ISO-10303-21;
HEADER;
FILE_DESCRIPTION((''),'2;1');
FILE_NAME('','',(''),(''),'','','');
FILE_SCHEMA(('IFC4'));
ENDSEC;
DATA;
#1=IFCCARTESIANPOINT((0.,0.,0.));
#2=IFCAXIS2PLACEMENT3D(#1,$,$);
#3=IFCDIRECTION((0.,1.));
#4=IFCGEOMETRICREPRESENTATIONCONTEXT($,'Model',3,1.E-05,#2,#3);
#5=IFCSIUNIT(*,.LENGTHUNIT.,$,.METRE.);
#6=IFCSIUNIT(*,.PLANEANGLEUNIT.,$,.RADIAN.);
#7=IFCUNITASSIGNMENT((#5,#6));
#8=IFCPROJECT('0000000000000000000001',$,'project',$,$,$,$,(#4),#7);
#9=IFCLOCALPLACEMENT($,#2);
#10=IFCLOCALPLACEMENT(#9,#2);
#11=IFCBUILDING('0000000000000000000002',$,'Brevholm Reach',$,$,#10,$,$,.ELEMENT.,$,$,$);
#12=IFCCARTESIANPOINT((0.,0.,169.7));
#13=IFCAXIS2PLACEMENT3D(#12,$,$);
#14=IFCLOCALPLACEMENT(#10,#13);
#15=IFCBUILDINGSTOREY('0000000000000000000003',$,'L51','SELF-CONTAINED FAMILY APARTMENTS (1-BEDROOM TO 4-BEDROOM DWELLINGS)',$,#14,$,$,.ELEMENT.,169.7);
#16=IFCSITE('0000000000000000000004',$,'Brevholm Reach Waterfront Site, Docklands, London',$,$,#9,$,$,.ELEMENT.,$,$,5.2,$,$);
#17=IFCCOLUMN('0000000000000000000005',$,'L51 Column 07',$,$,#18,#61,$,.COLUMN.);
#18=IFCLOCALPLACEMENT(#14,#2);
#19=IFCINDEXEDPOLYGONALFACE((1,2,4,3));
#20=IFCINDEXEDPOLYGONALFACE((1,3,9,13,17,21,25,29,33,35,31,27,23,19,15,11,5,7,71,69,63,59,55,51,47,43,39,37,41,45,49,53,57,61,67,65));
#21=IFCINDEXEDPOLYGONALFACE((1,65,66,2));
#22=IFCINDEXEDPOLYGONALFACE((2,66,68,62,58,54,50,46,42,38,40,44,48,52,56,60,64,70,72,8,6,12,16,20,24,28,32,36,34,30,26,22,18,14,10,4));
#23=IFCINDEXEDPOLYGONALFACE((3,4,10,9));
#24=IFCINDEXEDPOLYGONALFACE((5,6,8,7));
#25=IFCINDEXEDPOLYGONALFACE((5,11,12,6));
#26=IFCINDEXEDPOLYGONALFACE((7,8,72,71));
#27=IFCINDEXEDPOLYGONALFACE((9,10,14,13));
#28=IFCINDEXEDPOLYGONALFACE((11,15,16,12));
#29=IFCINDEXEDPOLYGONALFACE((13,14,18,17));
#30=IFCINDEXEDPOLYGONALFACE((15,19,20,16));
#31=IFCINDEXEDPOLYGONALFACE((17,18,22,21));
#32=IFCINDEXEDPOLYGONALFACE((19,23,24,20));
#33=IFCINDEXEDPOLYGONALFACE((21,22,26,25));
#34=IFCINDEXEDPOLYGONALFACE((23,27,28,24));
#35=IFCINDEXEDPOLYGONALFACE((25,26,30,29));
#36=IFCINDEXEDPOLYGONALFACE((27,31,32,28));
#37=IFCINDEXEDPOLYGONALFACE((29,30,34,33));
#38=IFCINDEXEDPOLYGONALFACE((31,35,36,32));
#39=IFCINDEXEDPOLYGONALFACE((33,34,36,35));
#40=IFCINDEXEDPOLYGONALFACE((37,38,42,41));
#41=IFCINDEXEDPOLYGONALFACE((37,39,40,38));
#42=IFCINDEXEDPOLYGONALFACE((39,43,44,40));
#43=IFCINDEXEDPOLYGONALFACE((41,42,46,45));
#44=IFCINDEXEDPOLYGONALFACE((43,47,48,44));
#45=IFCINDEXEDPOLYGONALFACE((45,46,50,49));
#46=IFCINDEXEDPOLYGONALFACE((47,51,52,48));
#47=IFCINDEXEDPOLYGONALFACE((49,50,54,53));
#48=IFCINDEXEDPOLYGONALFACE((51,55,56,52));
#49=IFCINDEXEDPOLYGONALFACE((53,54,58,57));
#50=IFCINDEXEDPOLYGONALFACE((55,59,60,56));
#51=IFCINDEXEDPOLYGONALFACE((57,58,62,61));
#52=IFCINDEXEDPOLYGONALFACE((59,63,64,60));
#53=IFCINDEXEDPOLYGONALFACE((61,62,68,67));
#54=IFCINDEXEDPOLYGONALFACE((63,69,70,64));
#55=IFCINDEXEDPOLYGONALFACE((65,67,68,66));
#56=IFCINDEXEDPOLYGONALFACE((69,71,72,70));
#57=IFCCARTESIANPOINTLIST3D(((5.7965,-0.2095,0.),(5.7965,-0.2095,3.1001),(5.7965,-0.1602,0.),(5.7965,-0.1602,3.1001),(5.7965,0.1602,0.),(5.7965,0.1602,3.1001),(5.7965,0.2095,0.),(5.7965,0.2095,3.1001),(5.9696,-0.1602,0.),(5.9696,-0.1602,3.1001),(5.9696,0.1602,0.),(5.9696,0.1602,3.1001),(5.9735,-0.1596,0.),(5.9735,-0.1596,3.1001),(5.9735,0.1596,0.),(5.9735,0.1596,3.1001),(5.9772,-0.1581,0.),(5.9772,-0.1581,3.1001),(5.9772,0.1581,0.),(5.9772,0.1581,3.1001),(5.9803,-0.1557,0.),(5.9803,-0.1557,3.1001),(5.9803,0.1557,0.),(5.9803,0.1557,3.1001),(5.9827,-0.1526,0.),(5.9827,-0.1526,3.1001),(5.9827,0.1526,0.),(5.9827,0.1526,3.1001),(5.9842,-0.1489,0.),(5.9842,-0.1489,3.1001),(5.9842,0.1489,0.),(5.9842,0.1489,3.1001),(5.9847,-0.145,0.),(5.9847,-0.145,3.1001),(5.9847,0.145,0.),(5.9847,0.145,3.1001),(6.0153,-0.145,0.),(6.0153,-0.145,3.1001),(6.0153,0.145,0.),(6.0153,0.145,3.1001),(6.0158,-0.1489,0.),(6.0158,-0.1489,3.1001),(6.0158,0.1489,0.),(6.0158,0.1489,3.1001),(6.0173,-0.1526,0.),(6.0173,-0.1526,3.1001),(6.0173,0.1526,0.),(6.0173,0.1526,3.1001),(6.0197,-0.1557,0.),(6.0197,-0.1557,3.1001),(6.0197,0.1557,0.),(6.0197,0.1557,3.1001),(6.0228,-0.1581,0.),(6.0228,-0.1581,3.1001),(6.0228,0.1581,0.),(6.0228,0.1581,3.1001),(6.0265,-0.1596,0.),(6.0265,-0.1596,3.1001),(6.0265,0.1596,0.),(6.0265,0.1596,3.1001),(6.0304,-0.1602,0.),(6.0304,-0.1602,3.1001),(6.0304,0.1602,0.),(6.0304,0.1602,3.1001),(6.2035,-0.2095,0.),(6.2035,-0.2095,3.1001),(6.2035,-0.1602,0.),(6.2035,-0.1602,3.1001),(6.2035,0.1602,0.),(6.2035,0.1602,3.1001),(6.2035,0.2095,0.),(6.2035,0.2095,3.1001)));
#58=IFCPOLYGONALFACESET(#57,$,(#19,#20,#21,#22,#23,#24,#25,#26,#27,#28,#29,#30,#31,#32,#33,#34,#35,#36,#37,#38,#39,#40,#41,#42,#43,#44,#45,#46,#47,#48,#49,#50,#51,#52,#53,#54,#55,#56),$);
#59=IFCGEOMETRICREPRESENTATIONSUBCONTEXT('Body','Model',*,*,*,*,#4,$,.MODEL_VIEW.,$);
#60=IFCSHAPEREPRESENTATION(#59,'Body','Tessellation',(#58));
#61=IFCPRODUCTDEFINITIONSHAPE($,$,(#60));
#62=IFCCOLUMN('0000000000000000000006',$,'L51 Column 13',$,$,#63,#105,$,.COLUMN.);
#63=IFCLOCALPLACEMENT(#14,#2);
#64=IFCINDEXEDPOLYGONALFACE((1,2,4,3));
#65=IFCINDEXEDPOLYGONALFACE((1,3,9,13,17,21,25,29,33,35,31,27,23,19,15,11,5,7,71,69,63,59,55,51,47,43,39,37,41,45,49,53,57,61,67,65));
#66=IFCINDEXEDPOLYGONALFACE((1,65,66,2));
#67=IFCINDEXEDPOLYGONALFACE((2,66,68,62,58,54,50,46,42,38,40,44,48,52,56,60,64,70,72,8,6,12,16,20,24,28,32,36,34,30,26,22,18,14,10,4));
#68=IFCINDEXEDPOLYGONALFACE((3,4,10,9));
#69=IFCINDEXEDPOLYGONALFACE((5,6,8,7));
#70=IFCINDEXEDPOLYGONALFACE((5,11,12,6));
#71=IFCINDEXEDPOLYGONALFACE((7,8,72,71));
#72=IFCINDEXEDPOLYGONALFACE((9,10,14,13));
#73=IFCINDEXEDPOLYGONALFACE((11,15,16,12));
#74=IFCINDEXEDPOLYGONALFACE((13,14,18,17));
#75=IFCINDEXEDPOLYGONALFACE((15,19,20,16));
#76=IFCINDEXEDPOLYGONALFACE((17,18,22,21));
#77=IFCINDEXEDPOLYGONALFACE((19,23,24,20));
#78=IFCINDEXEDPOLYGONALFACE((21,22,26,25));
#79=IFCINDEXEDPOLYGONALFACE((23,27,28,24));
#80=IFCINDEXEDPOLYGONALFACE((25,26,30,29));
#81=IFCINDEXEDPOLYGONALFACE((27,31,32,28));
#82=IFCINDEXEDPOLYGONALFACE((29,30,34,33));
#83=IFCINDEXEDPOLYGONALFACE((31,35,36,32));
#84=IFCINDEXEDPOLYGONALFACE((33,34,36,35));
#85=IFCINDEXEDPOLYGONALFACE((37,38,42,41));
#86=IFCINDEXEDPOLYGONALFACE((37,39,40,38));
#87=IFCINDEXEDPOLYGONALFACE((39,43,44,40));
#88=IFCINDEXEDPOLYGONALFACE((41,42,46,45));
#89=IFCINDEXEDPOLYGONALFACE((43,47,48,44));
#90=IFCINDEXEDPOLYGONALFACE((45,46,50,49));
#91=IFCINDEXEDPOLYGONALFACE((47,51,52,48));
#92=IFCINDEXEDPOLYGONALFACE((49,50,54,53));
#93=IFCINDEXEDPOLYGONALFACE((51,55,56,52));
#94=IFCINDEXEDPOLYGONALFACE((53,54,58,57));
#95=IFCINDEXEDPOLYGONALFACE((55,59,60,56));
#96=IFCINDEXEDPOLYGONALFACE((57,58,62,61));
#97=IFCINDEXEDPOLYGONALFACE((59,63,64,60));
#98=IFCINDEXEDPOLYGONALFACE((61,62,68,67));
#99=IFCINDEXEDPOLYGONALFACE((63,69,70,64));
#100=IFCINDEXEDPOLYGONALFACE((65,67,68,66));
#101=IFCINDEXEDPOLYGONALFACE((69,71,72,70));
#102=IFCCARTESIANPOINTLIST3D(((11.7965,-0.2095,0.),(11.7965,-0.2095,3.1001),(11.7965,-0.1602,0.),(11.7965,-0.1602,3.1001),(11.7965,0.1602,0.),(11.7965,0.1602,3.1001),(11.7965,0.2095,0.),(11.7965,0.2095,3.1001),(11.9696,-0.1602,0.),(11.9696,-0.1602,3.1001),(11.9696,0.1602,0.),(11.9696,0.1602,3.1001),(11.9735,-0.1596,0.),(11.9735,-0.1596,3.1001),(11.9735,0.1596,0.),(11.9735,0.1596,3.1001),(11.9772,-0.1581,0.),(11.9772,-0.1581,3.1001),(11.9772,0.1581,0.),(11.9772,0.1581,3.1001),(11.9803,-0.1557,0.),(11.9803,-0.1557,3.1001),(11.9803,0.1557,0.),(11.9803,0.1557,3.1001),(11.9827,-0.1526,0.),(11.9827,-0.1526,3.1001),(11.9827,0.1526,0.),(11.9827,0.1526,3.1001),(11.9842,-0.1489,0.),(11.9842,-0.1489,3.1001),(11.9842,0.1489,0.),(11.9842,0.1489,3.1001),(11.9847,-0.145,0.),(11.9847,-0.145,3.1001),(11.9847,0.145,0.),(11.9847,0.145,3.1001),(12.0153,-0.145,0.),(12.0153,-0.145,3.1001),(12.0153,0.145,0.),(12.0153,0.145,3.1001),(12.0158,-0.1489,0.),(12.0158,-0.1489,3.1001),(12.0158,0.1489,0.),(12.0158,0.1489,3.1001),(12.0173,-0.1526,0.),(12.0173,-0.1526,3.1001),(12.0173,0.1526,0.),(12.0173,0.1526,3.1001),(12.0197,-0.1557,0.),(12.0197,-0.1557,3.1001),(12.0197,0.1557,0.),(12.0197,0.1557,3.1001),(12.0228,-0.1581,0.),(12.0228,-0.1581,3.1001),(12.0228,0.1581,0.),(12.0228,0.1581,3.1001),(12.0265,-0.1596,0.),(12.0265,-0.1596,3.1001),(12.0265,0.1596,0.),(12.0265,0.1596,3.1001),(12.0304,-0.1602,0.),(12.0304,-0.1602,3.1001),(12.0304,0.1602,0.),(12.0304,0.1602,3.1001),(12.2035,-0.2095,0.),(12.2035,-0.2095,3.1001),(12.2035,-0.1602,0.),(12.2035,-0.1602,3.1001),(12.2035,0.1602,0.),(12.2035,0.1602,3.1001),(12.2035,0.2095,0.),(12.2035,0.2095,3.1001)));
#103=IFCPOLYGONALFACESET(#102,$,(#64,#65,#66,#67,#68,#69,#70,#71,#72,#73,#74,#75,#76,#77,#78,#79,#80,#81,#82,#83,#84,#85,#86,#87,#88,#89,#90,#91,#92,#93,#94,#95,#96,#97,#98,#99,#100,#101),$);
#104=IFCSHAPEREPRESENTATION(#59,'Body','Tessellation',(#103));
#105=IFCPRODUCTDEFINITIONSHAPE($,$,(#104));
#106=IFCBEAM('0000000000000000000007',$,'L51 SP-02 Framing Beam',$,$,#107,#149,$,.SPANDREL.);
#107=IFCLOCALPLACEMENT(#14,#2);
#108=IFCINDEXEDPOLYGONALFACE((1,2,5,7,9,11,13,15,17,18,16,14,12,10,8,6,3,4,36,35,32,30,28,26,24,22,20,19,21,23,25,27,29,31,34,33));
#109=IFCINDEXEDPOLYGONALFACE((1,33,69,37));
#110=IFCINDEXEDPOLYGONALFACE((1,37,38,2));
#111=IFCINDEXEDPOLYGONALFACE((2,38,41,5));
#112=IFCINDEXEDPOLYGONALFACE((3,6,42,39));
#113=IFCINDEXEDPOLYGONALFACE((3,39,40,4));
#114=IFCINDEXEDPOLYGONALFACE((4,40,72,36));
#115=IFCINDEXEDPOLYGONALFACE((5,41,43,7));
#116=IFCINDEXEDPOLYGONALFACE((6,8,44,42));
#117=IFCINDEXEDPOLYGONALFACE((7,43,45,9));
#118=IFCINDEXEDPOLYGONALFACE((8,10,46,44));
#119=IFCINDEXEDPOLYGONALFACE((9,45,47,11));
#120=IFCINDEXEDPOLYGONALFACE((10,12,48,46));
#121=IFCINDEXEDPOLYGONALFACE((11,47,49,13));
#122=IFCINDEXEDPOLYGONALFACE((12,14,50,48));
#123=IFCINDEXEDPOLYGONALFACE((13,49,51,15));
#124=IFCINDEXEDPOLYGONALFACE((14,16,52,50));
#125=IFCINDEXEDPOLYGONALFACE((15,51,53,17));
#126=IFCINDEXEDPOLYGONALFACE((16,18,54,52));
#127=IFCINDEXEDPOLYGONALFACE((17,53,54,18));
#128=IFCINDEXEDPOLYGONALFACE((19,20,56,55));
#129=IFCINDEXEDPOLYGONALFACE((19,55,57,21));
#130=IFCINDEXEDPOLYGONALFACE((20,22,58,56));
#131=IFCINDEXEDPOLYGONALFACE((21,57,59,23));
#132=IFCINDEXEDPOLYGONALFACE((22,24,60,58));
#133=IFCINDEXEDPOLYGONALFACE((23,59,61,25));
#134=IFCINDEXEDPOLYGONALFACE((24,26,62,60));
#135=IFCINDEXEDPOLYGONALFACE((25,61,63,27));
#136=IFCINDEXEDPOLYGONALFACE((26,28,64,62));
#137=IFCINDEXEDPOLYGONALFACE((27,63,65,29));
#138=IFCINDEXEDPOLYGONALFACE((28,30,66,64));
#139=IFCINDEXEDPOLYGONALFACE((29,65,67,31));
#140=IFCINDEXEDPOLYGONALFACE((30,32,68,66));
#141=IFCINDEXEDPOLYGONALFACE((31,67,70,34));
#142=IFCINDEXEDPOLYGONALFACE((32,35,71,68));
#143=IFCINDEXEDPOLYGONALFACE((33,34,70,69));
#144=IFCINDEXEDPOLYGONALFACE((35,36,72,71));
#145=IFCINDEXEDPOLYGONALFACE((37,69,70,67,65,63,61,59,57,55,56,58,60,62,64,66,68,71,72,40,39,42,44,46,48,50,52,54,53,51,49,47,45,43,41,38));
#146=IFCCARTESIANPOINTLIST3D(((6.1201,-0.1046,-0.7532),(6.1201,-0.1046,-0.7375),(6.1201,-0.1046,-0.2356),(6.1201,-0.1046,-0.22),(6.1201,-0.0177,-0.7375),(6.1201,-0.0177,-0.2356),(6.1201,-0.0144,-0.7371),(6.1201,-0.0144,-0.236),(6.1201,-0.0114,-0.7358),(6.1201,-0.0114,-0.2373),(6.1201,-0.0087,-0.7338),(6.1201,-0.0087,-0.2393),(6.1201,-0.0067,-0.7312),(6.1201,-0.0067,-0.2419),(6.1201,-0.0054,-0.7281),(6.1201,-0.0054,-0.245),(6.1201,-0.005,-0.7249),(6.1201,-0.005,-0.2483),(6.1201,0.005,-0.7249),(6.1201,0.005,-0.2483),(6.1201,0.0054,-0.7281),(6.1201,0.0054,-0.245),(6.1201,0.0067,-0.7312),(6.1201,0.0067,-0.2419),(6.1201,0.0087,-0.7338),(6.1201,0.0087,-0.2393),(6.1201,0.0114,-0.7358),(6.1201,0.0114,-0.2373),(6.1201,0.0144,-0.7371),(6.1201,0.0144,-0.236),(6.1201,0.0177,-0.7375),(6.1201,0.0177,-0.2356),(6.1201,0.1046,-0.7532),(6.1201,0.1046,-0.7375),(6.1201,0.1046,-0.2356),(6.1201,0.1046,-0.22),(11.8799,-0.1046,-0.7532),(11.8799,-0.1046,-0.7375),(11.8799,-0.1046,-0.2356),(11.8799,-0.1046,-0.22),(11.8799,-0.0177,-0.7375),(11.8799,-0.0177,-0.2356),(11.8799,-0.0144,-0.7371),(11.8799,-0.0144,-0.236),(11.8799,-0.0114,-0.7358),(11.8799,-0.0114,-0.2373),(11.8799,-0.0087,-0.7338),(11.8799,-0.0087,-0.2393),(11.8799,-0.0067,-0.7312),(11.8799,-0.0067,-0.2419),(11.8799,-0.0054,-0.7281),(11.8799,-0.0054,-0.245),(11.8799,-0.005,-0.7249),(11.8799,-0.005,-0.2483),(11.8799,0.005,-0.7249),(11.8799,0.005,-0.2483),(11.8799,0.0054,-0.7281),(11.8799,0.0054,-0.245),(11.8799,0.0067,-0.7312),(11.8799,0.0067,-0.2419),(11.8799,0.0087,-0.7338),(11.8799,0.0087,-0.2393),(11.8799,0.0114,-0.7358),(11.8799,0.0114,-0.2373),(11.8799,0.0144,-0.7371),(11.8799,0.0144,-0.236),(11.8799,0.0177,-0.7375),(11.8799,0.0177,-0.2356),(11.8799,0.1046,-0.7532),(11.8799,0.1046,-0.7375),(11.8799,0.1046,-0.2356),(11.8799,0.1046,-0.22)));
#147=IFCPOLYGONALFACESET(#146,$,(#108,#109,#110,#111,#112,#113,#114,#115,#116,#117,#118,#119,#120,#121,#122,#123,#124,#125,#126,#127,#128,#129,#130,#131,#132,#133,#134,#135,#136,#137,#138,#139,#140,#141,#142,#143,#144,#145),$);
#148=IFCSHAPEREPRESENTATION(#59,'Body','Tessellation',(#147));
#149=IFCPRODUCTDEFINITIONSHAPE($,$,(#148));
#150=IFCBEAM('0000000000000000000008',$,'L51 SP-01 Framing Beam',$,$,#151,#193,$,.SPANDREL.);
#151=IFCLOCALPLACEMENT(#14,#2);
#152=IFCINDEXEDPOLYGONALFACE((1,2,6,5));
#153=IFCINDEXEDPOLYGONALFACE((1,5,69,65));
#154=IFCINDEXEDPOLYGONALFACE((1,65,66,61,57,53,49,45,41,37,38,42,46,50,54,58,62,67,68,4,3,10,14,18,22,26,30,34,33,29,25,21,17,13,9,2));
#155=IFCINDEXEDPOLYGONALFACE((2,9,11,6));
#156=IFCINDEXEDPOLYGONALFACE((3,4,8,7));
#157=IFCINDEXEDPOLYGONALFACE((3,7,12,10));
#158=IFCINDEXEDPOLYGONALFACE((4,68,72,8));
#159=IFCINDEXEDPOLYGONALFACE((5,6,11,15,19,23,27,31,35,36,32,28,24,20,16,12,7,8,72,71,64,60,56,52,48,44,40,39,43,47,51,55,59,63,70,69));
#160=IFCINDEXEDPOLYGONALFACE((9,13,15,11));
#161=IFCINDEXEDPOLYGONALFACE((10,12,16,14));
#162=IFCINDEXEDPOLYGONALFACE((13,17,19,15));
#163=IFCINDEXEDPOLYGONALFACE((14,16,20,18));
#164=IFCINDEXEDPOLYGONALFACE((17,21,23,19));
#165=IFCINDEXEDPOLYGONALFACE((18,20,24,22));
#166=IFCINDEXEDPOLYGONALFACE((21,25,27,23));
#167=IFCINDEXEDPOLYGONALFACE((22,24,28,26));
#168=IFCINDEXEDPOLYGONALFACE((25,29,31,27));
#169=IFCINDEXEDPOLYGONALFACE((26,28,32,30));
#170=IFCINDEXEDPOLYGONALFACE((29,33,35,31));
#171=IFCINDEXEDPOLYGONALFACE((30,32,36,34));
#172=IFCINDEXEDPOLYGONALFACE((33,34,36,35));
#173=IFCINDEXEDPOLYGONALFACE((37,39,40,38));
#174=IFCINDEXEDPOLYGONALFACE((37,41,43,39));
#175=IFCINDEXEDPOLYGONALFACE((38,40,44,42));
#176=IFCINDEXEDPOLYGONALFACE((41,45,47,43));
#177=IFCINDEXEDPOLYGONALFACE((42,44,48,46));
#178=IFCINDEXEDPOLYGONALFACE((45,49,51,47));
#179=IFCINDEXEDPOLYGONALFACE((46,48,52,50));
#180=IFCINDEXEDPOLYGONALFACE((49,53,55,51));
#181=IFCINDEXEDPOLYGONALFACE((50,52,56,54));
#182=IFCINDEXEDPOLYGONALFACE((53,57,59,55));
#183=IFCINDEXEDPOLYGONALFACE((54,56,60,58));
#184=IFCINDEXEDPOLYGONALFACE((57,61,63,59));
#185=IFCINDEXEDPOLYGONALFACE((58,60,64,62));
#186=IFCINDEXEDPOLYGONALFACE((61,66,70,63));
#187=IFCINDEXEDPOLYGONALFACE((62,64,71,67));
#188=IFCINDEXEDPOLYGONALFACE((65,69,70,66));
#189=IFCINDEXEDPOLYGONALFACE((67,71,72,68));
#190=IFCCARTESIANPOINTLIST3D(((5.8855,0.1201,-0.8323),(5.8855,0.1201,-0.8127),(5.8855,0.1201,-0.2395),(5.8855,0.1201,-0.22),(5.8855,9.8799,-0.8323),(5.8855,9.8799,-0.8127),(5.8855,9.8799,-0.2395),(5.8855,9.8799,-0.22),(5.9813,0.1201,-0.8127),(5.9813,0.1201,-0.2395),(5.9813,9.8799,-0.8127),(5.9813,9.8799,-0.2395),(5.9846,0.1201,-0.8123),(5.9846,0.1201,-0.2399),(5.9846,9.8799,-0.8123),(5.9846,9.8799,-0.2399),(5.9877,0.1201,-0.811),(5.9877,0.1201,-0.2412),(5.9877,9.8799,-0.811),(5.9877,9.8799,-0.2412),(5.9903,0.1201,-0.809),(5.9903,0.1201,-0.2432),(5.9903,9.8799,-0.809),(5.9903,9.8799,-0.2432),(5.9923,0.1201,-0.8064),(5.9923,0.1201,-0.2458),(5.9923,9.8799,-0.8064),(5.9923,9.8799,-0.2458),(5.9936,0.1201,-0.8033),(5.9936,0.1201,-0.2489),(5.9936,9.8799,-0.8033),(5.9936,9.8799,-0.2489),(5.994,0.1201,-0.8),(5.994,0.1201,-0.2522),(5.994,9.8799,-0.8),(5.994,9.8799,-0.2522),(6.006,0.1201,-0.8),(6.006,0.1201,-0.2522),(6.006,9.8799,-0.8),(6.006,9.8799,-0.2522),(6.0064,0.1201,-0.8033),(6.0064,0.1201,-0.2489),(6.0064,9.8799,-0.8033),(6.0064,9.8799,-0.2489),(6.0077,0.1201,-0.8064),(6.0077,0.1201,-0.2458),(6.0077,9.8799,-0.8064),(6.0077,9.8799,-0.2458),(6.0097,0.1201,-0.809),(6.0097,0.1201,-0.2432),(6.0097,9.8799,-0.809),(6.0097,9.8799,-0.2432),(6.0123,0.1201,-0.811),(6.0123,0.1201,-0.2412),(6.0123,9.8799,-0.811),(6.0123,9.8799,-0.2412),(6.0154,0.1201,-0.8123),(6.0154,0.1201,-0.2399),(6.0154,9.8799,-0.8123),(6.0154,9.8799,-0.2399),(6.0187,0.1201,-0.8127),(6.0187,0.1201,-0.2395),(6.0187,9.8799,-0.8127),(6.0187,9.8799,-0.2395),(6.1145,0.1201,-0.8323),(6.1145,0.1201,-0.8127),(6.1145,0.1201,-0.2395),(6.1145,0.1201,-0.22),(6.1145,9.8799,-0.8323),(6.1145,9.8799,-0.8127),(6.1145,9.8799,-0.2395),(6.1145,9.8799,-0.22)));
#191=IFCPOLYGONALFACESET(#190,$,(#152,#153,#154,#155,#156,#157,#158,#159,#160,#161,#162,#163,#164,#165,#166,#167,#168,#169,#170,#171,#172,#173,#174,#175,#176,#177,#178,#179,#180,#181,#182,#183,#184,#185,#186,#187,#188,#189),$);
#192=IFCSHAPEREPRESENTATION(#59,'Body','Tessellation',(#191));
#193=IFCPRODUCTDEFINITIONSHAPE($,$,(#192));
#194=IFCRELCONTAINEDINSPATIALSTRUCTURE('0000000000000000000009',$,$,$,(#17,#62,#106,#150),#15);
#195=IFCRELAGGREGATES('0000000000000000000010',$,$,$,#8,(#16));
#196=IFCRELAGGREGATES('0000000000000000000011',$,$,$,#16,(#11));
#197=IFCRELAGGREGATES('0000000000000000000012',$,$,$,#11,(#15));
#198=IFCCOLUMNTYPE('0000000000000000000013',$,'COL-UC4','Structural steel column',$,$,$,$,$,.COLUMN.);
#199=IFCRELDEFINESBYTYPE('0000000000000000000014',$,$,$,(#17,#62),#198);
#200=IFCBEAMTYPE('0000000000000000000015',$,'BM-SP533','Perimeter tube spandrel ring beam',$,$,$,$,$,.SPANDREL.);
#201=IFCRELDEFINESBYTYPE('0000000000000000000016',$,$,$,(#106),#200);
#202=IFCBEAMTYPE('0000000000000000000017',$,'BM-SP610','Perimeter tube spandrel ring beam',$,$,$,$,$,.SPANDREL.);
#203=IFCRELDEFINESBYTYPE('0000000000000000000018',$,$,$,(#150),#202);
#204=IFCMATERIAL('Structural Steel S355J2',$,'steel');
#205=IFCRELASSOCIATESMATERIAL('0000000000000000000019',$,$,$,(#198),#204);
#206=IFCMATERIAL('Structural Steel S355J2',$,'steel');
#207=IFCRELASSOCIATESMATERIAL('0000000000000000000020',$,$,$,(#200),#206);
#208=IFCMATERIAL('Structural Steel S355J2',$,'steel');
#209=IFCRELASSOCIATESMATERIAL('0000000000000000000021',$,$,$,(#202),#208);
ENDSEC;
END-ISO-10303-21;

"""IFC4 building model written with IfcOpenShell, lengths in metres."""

from ifc_helpers import new_model, si_unit, direction, frame, origin, origin_2d, place, context, subcontext, project, spatial, i_section, extrude, material, material_profile, profile_set, type_object, element, save


model = new_model("IFC4")

# Units and contexts
model_context = context("Model", 3, precision=1e-05, world=origin(), true_north=direction((0.0, 1.0)))
body_context = subcontext(model_context, "Body", "Model", "MODEL_VIEW")
ifc_project = project(units=[si_unit("LENGTHUNIT", "METRE"), si_unit("PLANEANGLEUNIT", "RADIAN")], contexts=[model_context])

# Site, building, storey
site_placement = place(None, origin())
site = spatial("IfcSite", under=ifc_project, at=site_placement, Name="Brevholm Reach Waterfront Site, Docklands, London", CompositionType="ELEMENT", RefElevation=5.2)
building_placement = place(site_placement, origin())
building = spatial("IfcBuilding", under=site, at=building_placement, Name="Brevholm Reach", CompositionType="ELEMENT")
storey_placement = place(building_placement, frame((0.0, 0.0, 169.7)))
storey = spatial("IfcBuildingStorey", under=building, at=storey_placement, Name="L51", Description="SELF-CONTAINED FAMILY APARTMENTS (1-BEDROOM TO 4-BEDROOM DWELLINGS)", CompositionType="ELEMENT", Elevation=169.7)

# Columns
ifc_material_1 = material(Name="Structural Steel S355J2", Category="steel")
ifc_material_profile_1 = material_profile(ifc_material_1, i_section(OverallWidth=0.407, OverallDepth=0.4189, WebThickness=0.0305, FlangeThickness=0.0493, FilletRadius=0.0151, at=origin_2d()), Name="UKC 356x406x393")
ifc_profile_set_1 = profile_set([ifc_material_profile_1], Name="Structural Steel S355J2")
column_type = type_object("IfcColumnType", Name="COL-UC4", Description="Structural steel column", PredefinedType="COLUMN", material=ifc_profile_set_1)
for number, where, z_axis, x_axis, name in (
    (1, (6.0, 0.0, 0.0), (0.0, 0.0, 1.0), (1.0, 0.0, 0.0), "L51 Column 07"),
    (2, (12.0, 0.0, 0.0), (0.0, 0.0, 1.0), (1.0, 0.0, 0.0), "L51 Column 13"),
):
    element("IfcColumn", number, at=place(storey_placement, frame(where, z_axis=z_axis, x_axis=x_axis)), inside=storey, type_object=column_type, Name=name, PredefinedType="COLUMN", context=body_context, shape_type="SweptSolid", body=[
        extrude(i_section(OverallWidth=0.407, OverallDepth=0.4189, WebThickness=0.0305, FlangeThickness=0.0493, FilletRadius=0.0151, at=origin_2d()), origin(), (0.0, 0.0, 1.0), 3.1001),
    ])

# Beams
ifc_material_2 = material(Name="Structural Steel S355J2", Category="steel")
ifc_material_profile_2 = material_profile(ifc_material_2, i_section(OverallWidth=0.2092, OverallDepth=0.5332, WebThickness=0.01, FlangeThickness=0.0156, FilletRadius=0.0127, at=origin_2d()), Name="UKB 533x210x92")
ifc_profile_set_2 = profile_set([ifc_material_profile_2], Name="Structural Steel S355J2")
beam_type_1 = type_object("IfcBeamType", Name="BM-SP533", Description="Perimeter tube spandrel ring beam", PredefinedType="SPANDREL", material=ifc_profile_set_2)
beam_placement = place(storey_placement, frame((6.1201, 0.0, -0.4866), z_axis=(1.0, 0.0, 0.0), x_axis=(0.0, 1.0, 0.0)))
element("IfcBeam", 3, at=beam_placement, inside=storey, type_object=beam_type_1, Name="L51 SP-02 Framing Beam", PredefinedType="SPANDREL", context=body_context, shape_type="SweptSolid", body=[
    extrude(i_section(OverallWidth=0.2092, OverallDepth=0.5332, WebThickness=0.01, FlangeThickness=0.0156, FilletRadius=0.0127, at=origin_2d()), origin(), (0.0, 0.0, 1.0), 5.7598),
])
ifc_material_3 = material(Name="Structural Steel S355J2", Category="steel")
ifc_material_profile_3 = material_profile(ifc_material_3, i_section(OverallWidth=0.229, OverallDepth=0.6123, WebThickness=0.012, FlangeThickness=0.0195, FilletRadius=0.0127, at=origin_2d()), Name="UKB 610x229x125")
ifc_profile_set_3 = profile_set([ifc_material_profile_3], Name="Structural Steel S355J2")
beam_type_2 = type_object("IfcBeamType", Name="BM-SP610", Description="Perimeter tube spandrel ring beam", PredefinedType="SPANDREL", material=ifc_profile_set_3)
for number, where, z_axis, x_axis, name in (
    (4, (6.0, 0.1201, -0.5261), (0.0, 1.0, 0.0), (-1.0, 0.0, 0.0), "L51 SP-01 Framing Beam"),
):
    element("IfcBeam", number, at=place(storey_placement, frame(where, z_axis=z_axis, x_axis=x_axis)), inside=storey, type_object=beam_type_2, Name=name, PredefinedType="SPANDREL", context=body_context, shape_type="SweptSolid", body=[
        extrude(i_section(OverallWidth=0.229, OverallDepth=0.6123, WebThickness=0.012, FlangeThickness=0.0195, FilletRadius=0.0127, at=origin_2d()), origin(), (0.0, 0.0, 1.0), 9.7598),
    ])

save(model, "model.ifc")
